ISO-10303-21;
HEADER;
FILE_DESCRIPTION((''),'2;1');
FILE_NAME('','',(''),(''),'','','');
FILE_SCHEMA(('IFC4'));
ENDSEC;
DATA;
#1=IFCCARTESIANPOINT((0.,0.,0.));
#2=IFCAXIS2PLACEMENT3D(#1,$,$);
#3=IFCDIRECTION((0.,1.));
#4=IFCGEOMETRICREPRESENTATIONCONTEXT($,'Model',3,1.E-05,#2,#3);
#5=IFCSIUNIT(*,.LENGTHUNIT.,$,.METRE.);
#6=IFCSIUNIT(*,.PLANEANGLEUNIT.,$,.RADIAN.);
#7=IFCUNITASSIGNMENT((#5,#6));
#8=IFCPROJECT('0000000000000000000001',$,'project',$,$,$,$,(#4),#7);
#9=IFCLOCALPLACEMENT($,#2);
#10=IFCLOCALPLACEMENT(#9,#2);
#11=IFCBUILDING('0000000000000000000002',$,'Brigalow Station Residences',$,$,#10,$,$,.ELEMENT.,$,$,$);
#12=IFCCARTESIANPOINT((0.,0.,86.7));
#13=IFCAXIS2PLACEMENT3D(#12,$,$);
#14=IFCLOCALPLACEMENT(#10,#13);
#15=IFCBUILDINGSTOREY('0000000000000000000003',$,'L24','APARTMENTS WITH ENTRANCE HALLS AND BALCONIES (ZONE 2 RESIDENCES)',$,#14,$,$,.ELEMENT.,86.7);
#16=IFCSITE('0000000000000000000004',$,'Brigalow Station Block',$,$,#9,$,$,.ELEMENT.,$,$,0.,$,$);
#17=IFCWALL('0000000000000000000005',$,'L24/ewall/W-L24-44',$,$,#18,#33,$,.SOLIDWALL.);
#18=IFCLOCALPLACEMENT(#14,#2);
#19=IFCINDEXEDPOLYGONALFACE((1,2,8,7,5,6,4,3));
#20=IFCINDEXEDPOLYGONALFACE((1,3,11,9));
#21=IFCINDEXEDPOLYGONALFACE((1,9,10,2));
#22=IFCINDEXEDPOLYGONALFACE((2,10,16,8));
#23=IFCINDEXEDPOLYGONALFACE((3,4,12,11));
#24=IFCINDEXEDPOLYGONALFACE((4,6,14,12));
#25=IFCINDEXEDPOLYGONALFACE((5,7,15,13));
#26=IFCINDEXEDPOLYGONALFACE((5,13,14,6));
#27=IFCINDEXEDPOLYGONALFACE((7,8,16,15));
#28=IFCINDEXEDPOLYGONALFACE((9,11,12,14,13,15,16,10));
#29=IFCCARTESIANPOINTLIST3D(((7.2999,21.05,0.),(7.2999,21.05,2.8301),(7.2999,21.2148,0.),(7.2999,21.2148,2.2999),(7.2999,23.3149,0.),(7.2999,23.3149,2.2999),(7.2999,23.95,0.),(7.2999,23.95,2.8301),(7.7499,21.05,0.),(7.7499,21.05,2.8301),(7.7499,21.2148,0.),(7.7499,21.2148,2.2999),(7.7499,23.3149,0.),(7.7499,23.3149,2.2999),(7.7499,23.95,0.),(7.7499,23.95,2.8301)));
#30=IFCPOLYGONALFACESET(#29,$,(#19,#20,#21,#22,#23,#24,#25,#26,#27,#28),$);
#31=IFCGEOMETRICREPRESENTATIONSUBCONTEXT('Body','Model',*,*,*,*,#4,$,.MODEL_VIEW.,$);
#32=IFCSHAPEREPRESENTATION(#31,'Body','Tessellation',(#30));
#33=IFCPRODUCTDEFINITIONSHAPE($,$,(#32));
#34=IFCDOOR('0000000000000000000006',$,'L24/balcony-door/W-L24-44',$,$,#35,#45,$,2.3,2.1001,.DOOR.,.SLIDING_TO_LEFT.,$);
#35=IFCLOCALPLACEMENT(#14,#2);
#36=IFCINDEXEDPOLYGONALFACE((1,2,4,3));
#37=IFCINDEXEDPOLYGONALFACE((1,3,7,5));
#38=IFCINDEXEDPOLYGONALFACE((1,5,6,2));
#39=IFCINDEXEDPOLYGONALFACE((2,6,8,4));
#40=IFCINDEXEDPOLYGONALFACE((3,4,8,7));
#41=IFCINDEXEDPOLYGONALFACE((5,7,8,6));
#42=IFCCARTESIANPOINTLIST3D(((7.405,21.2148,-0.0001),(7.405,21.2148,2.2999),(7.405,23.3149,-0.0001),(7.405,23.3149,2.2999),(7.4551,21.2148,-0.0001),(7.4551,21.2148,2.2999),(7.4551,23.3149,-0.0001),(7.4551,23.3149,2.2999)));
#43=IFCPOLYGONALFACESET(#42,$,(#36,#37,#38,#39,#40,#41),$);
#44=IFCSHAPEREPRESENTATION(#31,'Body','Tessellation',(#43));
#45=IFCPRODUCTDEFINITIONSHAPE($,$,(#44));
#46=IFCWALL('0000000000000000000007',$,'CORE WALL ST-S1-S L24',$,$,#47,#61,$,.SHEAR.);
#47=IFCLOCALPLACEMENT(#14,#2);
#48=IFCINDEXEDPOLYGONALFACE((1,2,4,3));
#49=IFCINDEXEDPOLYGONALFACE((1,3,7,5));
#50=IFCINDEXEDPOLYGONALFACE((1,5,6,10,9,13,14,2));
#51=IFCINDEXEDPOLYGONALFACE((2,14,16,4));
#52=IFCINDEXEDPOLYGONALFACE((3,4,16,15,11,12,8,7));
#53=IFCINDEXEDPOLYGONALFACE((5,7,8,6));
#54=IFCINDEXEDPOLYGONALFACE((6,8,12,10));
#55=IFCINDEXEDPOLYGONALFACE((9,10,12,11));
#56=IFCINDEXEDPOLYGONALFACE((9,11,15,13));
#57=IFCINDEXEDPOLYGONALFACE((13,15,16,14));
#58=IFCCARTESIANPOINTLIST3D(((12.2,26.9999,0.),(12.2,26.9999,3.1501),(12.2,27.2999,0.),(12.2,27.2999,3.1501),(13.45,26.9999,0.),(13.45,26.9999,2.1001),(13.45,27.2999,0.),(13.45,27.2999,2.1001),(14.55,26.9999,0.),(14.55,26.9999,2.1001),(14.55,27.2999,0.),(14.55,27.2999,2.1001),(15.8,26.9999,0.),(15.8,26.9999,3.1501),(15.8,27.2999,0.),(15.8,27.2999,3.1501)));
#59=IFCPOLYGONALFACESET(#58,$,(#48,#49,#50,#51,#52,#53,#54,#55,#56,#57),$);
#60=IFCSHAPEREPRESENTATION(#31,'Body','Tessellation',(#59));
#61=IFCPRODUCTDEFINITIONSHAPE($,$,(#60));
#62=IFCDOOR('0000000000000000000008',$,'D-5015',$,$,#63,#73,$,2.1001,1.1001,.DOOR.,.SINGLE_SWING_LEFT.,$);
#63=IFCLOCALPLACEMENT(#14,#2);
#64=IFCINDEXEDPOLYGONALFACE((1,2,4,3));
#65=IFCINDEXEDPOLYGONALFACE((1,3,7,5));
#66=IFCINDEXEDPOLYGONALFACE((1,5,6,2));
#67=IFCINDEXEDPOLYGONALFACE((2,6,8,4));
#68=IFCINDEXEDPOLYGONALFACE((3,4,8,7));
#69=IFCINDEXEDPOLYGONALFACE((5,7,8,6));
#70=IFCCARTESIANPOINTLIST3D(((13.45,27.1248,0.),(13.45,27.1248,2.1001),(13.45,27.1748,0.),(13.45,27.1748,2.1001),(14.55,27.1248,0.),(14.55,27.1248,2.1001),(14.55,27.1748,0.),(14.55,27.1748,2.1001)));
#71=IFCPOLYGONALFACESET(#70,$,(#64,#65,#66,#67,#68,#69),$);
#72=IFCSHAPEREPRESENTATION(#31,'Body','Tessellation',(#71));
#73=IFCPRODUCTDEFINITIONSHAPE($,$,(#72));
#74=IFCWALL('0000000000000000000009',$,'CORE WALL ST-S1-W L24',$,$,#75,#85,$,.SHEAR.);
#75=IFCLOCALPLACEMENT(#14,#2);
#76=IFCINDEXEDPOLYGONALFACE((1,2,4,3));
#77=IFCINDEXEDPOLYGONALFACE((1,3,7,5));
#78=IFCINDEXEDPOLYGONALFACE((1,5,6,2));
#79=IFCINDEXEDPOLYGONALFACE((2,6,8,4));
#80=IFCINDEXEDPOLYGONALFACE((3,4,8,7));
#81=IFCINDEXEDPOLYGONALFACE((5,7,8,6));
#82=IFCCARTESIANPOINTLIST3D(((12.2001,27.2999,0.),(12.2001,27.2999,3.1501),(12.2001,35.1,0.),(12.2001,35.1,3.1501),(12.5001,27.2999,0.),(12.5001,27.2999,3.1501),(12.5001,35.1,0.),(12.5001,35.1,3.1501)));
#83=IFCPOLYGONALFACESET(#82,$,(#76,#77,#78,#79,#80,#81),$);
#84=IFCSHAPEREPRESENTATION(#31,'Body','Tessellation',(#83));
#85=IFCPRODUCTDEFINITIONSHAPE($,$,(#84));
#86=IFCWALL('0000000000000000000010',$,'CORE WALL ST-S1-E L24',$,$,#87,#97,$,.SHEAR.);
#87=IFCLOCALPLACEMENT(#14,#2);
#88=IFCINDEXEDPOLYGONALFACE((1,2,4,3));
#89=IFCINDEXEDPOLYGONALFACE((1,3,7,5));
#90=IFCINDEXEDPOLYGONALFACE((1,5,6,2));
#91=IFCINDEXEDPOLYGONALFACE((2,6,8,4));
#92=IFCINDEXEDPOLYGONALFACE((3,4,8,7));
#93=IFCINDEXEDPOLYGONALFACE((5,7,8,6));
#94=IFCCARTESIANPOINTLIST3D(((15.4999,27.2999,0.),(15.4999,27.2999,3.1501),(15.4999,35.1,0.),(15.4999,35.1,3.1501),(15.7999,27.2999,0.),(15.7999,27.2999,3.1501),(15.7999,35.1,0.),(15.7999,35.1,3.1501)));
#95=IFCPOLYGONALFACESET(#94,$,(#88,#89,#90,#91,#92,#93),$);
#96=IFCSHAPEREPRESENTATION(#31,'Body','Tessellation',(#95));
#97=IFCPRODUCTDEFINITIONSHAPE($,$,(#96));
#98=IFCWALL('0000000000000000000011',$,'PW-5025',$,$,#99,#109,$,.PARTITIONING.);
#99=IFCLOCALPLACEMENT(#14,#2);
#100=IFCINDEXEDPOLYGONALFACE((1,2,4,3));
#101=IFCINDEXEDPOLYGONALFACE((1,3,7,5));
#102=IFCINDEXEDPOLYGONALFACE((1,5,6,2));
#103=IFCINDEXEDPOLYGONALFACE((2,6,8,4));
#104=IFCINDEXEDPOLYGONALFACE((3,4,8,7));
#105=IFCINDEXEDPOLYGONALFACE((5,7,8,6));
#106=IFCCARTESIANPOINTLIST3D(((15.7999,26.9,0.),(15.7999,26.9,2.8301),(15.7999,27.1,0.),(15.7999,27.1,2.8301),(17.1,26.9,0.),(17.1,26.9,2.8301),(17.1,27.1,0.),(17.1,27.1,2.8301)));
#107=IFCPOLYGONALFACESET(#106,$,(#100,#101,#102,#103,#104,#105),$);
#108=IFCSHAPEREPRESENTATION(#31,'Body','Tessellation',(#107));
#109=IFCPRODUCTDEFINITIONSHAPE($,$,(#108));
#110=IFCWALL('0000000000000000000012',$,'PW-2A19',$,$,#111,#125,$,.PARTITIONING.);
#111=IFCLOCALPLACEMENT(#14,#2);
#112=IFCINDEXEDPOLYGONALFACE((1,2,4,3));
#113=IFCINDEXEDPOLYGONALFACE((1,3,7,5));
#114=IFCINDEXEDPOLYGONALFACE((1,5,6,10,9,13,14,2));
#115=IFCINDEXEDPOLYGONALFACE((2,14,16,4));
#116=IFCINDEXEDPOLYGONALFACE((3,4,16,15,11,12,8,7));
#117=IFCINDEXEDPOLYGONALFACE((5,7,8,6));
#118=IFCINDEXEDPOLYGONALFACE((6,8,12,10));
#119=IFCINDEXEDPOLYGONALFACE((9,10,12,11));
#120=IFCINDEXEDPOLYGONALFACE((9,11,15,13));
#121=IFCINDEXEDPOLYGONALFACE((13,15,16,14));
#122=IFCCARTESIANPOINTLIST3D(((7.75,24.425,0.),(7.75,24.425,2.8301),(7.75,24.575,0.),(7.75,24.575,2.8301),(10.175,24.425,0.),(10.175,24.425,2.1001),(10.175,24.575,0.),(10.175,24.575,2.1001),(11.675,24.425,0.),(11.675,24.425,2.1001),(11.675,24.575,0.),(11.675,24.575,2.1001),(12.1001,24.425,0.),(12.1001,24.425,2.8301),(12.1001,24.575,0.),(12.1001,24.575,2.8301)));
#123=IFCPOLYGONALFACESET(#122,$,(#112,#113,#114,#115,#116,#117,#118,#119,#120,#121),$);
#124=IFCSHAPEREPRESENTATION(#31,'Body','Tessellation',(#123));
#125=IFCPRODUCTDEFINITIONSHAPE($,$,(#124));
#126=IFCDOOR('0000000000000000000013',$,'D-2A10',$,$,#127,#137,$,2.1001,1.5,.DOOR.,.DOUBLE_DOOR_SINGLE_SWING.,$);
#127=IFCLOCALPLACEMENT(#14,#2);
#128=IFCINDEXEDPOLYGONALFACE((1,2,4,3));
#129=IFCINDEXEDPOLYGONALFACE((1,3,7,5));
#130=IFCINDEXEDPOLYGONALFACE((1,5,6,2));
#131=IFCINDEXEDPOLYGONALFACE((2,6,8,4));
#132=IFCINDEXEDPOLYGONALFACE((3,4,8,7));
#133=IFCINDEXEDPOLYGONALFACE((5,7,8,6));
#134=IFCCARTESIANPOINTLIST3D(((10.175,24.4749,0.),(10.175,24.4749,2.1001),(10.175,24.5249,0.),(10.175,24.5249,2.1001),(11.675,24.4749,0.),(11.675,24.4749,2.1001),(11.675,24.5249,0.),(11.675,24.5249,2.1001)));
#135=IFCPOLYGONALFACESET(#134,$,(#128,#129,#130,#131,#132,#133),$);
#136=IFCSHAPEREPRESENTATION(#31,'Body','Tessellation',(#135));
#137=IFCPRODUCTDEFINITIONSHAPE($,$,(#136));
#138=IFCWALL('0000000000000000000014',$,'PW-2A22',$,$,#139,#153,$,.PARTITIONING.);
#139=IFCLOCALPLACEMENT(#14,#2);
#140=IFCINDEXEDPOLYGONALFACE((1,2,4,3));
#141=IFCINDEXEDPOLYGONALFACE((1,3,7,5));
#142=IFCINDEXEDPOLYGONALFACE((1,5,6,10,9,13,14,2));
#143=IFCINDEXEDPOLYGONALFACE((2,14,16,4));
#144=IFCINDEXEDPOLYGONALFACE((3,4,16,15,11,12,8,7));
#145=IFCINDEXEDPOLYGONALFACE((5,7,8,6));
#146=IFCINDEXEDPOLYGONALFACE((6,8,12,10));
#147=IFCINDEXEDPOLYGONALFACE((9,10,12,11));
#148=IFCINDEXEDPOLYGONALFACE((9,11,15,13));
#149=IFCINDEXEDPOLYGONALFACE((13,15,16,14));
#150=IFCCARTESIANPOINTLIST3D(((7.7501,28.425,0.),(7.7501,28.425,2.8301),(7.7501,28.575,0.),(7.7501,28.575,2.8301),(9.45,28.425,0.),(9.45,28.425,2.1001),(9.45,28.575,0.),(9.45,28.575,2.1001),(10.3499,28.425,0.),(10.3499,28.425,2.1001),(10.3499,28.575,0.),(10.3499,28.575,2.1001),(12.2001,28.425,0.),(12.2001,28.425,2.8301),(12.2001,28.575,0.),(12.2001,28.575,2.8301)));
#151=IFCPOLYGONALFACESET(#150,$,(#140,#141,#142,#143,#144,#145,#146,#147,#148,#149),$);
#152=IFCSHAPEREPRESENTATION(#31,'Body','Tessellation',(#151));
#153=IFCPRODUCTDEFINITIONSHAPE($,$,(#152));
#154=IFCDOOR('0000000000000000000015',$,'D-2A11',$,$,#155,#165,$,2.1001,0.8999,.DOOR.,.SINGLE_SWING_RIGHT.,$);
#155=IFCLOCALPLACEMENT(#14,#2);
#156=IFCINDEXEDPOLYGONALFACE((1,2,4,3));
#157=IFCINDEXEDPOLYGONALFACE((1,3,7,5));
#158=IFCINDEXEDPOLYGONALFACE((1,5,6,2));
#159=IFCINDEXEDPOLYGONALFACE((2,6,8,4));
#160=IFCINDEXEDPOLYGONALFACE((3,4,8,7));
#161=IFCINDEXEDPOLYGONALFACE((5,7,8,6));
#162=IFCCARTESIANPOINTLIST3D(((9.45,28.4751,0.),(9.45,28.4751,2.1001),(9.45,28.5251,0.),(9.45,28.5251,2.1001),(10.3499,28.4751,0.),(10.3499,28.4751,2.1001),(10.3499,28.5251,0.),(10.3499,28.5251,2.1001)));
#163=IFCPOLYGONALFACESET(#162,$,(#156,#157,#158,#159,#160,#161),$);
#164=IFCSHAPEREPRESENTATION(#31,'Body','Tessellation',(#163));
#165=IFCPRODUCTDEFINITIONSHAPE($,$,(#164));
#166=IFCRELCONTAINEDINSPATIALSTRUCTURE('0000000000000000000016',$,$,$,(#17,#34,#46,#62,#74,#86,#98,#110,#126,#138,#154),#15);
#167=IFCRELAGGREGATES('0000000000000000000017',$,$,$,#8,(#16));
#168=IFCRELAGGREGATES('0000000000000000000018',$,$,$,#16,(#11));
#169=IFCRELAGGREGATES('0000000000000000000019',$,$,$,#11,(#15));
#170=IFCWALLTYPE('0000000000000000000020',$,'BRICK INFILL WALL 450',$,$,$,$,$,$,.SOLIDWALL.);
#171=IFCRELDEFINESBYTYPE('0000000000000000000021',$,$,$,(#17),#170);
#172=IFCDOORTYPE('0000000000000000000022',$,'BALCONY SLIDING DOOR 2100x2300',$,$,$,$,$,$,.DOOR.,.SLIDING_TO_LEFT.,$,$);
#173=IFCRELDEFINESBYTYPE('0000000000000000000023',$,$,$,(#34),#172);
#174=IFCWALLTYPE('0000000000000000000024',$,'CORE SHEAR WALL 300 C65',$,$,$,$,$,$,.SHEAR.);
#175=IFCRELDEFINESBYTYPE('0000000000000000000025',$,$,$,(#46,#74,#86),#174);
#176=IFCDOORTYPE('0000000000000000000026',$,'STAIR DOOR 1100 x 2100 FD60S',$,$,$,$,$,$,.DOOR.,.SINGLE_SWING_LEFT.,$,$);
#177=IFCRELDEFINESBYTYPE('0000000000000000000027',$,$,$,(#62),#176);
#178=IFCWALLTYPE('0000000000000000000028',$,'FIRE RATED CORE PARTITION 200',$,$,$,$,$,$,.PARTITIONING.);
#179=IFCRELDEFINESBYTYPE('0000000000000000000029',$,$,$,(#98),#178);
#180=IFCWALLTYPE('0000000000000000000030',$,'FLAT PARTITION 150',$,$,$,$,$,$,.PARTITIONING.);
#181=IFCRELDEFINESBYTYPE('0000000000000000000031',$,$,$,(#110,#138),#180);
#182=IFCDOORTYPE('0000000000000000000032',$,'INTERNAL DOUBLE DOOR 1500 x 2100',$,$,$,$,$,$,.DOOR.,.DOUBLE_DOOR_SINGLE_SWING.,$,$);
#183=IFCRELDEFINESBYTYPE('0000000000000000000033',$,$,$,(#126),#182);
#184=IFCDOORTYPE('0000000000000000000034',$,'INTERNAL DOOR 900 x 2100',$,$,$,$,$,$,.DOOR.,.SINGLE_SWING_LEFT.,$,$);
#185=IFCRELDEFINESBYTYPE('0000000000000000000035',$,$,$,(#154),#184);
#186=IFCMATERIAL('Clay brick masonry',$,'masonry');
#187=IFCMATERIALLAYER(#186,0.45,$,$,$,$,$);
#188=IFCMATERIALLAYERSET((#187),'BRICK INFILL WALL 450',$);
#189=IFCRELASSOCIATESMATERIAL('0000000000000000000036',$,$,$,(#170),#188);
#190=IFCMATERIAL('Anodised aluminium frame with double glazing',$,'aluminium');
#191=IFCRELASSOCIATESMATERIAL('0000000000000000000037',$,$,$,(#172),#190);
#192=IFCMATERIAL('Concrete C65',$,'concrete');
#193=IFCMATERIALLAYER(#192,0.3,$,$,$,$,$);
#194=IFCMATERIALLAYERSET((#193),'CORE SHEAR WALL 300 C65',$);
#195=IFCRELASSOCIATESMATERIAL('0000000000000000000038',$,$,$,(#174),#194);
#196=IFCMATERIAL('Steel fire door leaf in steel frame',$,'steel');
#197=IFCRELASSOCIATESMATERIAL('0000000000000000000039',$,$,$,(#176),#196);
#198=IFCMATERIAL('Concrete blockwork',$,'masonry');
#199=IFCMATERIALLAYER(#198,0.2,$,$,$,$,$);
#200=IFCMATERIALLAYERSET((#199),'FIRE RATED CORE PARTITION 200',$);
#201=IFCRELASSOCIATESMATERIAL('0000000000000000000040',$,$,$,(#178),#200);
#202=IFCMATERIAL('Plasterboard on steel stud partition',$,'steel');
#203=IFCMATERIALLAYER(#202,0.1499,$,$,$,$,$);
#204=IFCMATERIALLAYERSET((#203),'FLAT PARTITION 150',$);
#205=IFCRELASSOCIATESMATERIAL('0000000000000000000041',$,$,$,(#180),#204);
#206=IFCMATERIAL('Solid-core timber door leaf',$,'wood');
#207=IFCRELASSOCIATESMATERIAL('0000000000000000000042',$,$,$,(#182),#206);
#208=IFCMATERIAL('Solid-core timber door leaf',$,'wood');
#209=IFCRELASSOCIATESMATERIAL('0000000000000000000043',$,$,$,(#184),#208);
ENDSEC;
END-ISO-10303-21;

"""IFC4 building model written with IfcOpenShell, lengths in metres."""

from ifc_helpers import new_model, si_unit, direction, frame, frame_2d, origin, place, context, subcontext, project, spatial, rectangle, extrude, material, layer, layer_set, type_object, element, fill, save


model = new_model("IFC4")

# Units and contexts
model_context = context("Model", 3, precision=1e-05, world=origin(), true_north=direction((0.0, 1.0)))
body_context = subcontext(model_context, "Body", "Model", "MODEL_VIEW")
ifc_project = project(units=[si_unit("LENGTHUNIT", "METRE"), si_unit("PLANEANGLEUNIT", "RADIAN")], contexts=[model_context])

# Site, building, storey
site_placement = place(None, origin())
site = spatial("IfcSite", under=ifc_project, at=site_placement, Name="Brigalow Station Block", CompositionType="ELEMENT", RefElevation=0.0)
building_placement = place(site_placement, origin())
building = spatial("IfcBuilding", under=site, at=building_placement, Name="Brigalow Station Residences", CompositionType="ELEMENT")
storey_placement = place(building_placement, frame((0.0, 0.0, 86.7)))
storey = spatial("IfcBuildingStorey", under=building, at=storey_placement, Name="L24", Description="APARTMENTS WITH ENTRANCE HALLS AND BALCONIES (ZONE 2 RESIDENCES)", CompositionType="ELEMENT", Elevation=86.7)

# Shared definitions
ifc_material_1 = material(Name="Clay brick masonry", Category="masonry")
ifc_layer_1 = layer(ifc_material_1, 0.45)
ifc_layer_set_1 = layer_set([ifc_layer_1], Name="BRICK INFILL WALL 450")
wall_type_1 = type_object("IfcWallType", Name="BRICK INFILL WALL 450", PredefinedType="SOLIDWALL", material=ifc_layer_set_1)

# Walls, openings, doors
wall_1_placement = place(storey_placement, frame((7.5249, 23.95, 0.0), z_axis=(0.0, 0.0, 1.0), x_axis=(0.0, -1.0, 0.0)))
wall_1 = element("IfcWall", 1, at=wall_1_placement, inside=storey, type_object=wall_type_1, Name="L24/ewall/W-L24-44", PredefinedType="SOLIDWALL", context=body_context, shape_type="SweptSolid", body=[
    extrude(rectangle(XDim=2.8999, YDim=0.45, at=frame_2d((1.45, 0.0))), origin(), (0.0, 0.0, 1.0), 2.8301),
])
opening_1_placement = place(wall_1_placement, frame((0.635, 0.0, 0.0)))
opening_1 = element("IfcOpeningElement", 2, at=opening_1_placement, cuts=wall_1, PredefinedType="OPENING", context=body_context, shape_type="SweptSolid", body=[
    extrude(rectangle(XDim=2.1001, YDim=2.3, at=frame_2d((1.05, 1.1499))), frame((0.0, 0.2349, 0.0), z_axis=(0.0, -1.0, 0.0), x_axis=(1.0, 0.0, 0.0)), (0.0, 0.0, 1.0), 0.47),
])
ifc_material_2 = material(Name="Anodised aluminium frame with double glazing", Category="aluminium")
door_type_1 = type_object("IfcDoorType", Name="BALCONY SLIDING DOOR 2100x2300", OperationType="SLIDING_TO_LEFT", PredefinedType="DOOR", material=ifc_material_2)
door_1_placement = place(opening_1_placement, origin())
door_1 = element("IfcDoor", 3, at=door_1_placement, inside=storey, type_object=door_type_1, Name="L24/balcony-door/W-L24-44", OperationType="SLIDING_TO_LEFT", OverallHeight=2.3, OverallWidth=2.1001, PredefinedType="DOOR", context=body_context, shape_type="SweptSolid", body=[
    extrude(rectangle(XDim=2.1001, YDim=2.3, at=frame_2d((1.05, 1.1499))), frame((0.0, -0.0698, 0.0), z_axis=(0.0, -1.0, 0.0), x_axis=(1.0, 0.0, 0.0)), (0.0, 0.0, 1.0), 0.05),
])
fill(opening_1, door_1)
ifc_material_3 = material(Name="Concrete C65", Category="concrete")
ifc_layer_2 = layer(ifc_material_3, 0.3)
ifc_layer_set_2 = layer_set([ifc_layer_2], Name="CORE SHEAR WALL 300 C65")
wall_type_2 = type_object("IfcWallType", Name="CORE SHEAR WALL 300 C65", PredefinedType="SHEAR", material=ifc_layer_set_2)
wall_2_placement = place(storey_placement, frame((12.2, 27.1499, 0.0), z_axis=(0.0, 0.0, 1.0), x_axis=(1.0, 0.0, 0.0)))
wall_2 = element("IfcWall", 4, at=wall_2_placement, inside=storey, type_object=wall_type_2, Name="CORE WALL ST-S1-S L24", PredefinedType="SHEAR", context=body_context, shape_type="SweptSolid", body=[
    extrude(rectangle(XDim=3.6001, YDim=0.3, at=frame_2d((1.8, 0.0))), origin(), (0.0, 0.0, 1.0), 3.1501),
])
opening_2_placement = place(wall_2_placement, frame((1.25, 0.0, 0.0)))
opening_2 = element("IfcOpeningElement", 5, at=opening_2_placement, cuts=wall_2, PredefinedType="OPENING", context=body_context, shape_type="SweptSolid", body=[
    extrude(rectangle(XDim=1.1001, YDim=2.1001, at=frame_2d((0.55, 1.05))), frame((0.0, 0.1602, 0.0), z_axis=(0.0, -1.0, 0.0), x_axis=(1.0, 0.0, 0.0)), (0.0, 0.0, 1.0), 0.3201),
])
ifc_material_4 = material(Name="Steel fire door leaf in steel frame", Category="steel")
door_type_2 = type_object("IfcDoorType", Name="STAIR DOOR 1100 x 2100 FD60S", OperationType="SINGLE_SWING_LEFT", PredefinedType="DOOR", material=ifc_material_4)
door_2_placement = place(opening_2_placement, origin())
door_2 = element("IfcDoor", 6, at=door_2_placement, inside=storey, type_object=door_type_2, Name="D-5015", OperationType="SINGLE_SWING_LEFT", OverallHeight=2.1001, OverallWidth=1.1001, PredefinedType="DOOR", context=body_context, shape_type="SweptSolid", body=[
    extrude(rectangle(XDim=1.1001, YDim=2.1001, at=frame_2d((0.55, 1.05))), frame((0.0, 0.0249, 0.0), z_axis=(0.0, -1.0, 0.0), x_axis=(1.0, 0.0, 0.0)), (0.0, 0.0, 1.0), 0.05),
])
fill(opening_2, door_2)

# Walls
for number, where, z_axis, x_axis, name in (
    (7, (12.3501, 27.3, 0.0), (0.0, 0.0, 1.0), (0.0, 1.0, 0.0), "CORE WALL ST-S1-W L24"),
    (8, (15.6499, 27.3, 0.0), (0.0, 0.0, 1.0), (0.0, 1.0, 0.0), "CORE WALL ST-S1-E L24"),
):
    element("IfcWall", number, at=place(storey_placement, frame(where, z_axis=z_axis, x_axis=x_axis)), inside=storey, type_object=wall_type_2, Name=name, PredefinedType="SHEAR", context=body_context, shape_type="SweptSolid", body=[
        extrude(rectangle(XDim=7.8, YDim=0.3, at=frame_2d((3.8999, 0.0))), origin(), (0.0, 0.0, 1.0), 3.1501),
    ])
ifc_material_5 = material(Name="Concrete blockwork", Category="masonry")
ifc_layer_3 = layer(ifc_material_5, 0.2)
ifc_layer_set_3 = layer_set([ifc_layer_3], Name="FIRE RATED CORE PARTITION 200")
wall_type_3 = type_object("IfcWallType", Name="FIRE RATED CORE PARTITION 200", PredefinedType="PARTITIONING", material=ifc_layer_set_3)
wall_3_placement = place(storey_placement, frame((15.8, 27.0, 0.0), z_axis=(0.0, 0.0, 1.0), x_axis=(1.0, 0.0, 0.0)))
element("IfcWall", 9, at=wall_3_placement, inside=storey, type_object=wall_type_3, Name="PW-5025", PredefinedType="PARTITIONING", context=body_context, shape_type="SweptSolid", body=[
    extrude(rectangle(XDim=1.3, YDim=0.2, at=frame_2d((0.6499, 0.0))), origin(), (0.0, 0.0, 1.0), 2.8301),
])

# Walls, openings, doors
ifc_material_6 = material(Name="Plasterboard on steel stud partition", Category="steel")
ifc_layer_4 = layer(ifc_material_6, 0.1499)
ifc_layer_set_4 = layer_set([ifc_layer_4], Name="FLAT PARTITION 150")
wall_type_4 = type_object("IfcWallType", Name="FLAT PARTITION 150", PredefinedType="PARTITIONING", material=ifc_layer_set_4)
wall_4_placement = place(storey_placement, frame((7.75, 24.5, 0.0), z_axis=(0.0, 0.0, 1.0), x_axis=(1.0, 0.0, 0.0)))
wall_4 = element("IfcWall", 10, at=wall_4_placement, inside=storey, type_object=wall_type_4, Name="PW-2A19", PredefinedType="PARTITIONING", context=body_context, shape_type="SweptSolid", body=[
    extrude(rectangle(XDim=4.3501, YDim=0.1499, at=frame_2d((2.175, 0.0))), origin(), (0.0, 0.0, 1.0), 2.8301),
])
opening_3_placement = place(wall_4_placement, frame((2.425, 0.0, 0.0)))
opening_3 = element("IfcOpeningElement", 11, at=opening_3_placement, cuts=wall_4, PredefinedType="OPENING", context=body_context, shape_type="SweptSolid", body=[
    extrude(rectangle(XDim=1.5, YDim=2.1001, at=frame_2d((0.75, 1.05))), frame((0.0, 0.085, 0.0), z_axis=(0.0, -1.0, 0.0), x_axis=(1.0, 0.0, 0.0)), (0.0, 0.0, 1.0), 0.1699),
])
ifc_material_7 = material(Name="Solid-core timber door leaf", Category="wood")
door_type_3 = type_object("IfcDoorType", Name="INTERNAL DOUBLE DOOR 1500 x 2100", OperationType="DOUBLE_DOOR_SINGLE_SWING", PredefinedType="DOOR", material=ifc_material_7)
door_3_placement = place(opening_3_placement, origin())
door_3 = element("IfcDoor", 12, at=door_3_placement, inside=storey, type_object=door_type_3, Name="D-2A10", OperationType="DOUBLE_DOOR_SINGLE_SWING", OverallHeight=2.1001, OverallWidth=1.5, PredefinedType="DOOR", context=body_context, shape_type="SweptSolid", body=[
    extrude(rectangle(XDim=1.5, YDim=2.1001, at=frame_2d((0.75, 1.05))), frame((0.0, 0.0249, 0.0), z_axis=(0.0, -1.0, 0.0), x_axis=(1.0, 0.0, 0.0)), (0.0, 0.0, 1.0), 0.05),
])
fill(opening_3, door_3)
wall_5_placement = place(storey_placement, frame((7.75, 28.5, 0.0), z_axis=(0.0, 0.0, 1.0), x_axis=(1.0, 0.0, 0.0)))
wall_5 = element("IfcWall", 13, at=wall_5_placement, inside=storey, type_object=wall_type_4, Name="PW-2A22", PredefinedType="PARTITIONING", context=body_context, shape_type="SweptSolid", body=[
    extrude(rectangle(XDim=4.45, YDim=0.1499, at=frame_2d((2.2251, 0.0))), origin(), (0.0, 0.0, 1.0), 2.8301),
])
opening_4_placement = place(wall_5_placement, frame((1.7, 0.0, 0.0)))
opening_4 = element("IfcOpeningElement", 14, at=opening_4_placement, cuts=wall_5, PredefinedType="OPENING", context=body_context, shape_type="SweptSolid", body=[
    extrude(rectangle(XDim=0.8999, YDim=2.1001, at=frame_2d((0.45, 1.05))), frame((0.0, 0.085, 0.0), z_axis=(0.0, -1.0, 0.0), x_axis=(1.0, 0.0, 0.0)), (0.0, 0.0, 1.0), 0.1699),
])
ifc_material_8 = material(Name="Solid-core timber door leaf", Category="wood")
door_type_4 = type_object("IfcDoorType", Name="INTERNAL DOOR 900 x 2100", OperationType="SINGLE_SWING_LEFT", PredefinedType="DOOR", material=ifc_material_8)
door_4_placement = place(opening_4_placement, frame((0.8999, 0.0, 0.0), z_axis=(0.0, 0.0, 1.0), x_axis=(-1.0, 0.0, 0.0)))
door_4 = element("IfcDoor", 15, at=door_4_placement, inside=storey, type_object=door_type_4, Name="D-2A11", OperationType="SINGLE_SWING_RIGHT", OverallHeight=2.1001, OverallWidth=0.8999, PredefinedType="DOOR", context=body_context, shape_type="SweptSolid", body=[
    extrude(rectangle(XDim=0.8999, YDim=2.1001, at=frame_2d((0.45, 1.05))), frame((0.0, 0.0249, 0.0), z_axis=(0.0, -1.0, 0.0), x_axis=(1.0, 0.0, 0.0)), (0.0, 0.0, 1.0), 0.05),
])
fill(opening_4, door_4)

save(model, "model.ifc")
